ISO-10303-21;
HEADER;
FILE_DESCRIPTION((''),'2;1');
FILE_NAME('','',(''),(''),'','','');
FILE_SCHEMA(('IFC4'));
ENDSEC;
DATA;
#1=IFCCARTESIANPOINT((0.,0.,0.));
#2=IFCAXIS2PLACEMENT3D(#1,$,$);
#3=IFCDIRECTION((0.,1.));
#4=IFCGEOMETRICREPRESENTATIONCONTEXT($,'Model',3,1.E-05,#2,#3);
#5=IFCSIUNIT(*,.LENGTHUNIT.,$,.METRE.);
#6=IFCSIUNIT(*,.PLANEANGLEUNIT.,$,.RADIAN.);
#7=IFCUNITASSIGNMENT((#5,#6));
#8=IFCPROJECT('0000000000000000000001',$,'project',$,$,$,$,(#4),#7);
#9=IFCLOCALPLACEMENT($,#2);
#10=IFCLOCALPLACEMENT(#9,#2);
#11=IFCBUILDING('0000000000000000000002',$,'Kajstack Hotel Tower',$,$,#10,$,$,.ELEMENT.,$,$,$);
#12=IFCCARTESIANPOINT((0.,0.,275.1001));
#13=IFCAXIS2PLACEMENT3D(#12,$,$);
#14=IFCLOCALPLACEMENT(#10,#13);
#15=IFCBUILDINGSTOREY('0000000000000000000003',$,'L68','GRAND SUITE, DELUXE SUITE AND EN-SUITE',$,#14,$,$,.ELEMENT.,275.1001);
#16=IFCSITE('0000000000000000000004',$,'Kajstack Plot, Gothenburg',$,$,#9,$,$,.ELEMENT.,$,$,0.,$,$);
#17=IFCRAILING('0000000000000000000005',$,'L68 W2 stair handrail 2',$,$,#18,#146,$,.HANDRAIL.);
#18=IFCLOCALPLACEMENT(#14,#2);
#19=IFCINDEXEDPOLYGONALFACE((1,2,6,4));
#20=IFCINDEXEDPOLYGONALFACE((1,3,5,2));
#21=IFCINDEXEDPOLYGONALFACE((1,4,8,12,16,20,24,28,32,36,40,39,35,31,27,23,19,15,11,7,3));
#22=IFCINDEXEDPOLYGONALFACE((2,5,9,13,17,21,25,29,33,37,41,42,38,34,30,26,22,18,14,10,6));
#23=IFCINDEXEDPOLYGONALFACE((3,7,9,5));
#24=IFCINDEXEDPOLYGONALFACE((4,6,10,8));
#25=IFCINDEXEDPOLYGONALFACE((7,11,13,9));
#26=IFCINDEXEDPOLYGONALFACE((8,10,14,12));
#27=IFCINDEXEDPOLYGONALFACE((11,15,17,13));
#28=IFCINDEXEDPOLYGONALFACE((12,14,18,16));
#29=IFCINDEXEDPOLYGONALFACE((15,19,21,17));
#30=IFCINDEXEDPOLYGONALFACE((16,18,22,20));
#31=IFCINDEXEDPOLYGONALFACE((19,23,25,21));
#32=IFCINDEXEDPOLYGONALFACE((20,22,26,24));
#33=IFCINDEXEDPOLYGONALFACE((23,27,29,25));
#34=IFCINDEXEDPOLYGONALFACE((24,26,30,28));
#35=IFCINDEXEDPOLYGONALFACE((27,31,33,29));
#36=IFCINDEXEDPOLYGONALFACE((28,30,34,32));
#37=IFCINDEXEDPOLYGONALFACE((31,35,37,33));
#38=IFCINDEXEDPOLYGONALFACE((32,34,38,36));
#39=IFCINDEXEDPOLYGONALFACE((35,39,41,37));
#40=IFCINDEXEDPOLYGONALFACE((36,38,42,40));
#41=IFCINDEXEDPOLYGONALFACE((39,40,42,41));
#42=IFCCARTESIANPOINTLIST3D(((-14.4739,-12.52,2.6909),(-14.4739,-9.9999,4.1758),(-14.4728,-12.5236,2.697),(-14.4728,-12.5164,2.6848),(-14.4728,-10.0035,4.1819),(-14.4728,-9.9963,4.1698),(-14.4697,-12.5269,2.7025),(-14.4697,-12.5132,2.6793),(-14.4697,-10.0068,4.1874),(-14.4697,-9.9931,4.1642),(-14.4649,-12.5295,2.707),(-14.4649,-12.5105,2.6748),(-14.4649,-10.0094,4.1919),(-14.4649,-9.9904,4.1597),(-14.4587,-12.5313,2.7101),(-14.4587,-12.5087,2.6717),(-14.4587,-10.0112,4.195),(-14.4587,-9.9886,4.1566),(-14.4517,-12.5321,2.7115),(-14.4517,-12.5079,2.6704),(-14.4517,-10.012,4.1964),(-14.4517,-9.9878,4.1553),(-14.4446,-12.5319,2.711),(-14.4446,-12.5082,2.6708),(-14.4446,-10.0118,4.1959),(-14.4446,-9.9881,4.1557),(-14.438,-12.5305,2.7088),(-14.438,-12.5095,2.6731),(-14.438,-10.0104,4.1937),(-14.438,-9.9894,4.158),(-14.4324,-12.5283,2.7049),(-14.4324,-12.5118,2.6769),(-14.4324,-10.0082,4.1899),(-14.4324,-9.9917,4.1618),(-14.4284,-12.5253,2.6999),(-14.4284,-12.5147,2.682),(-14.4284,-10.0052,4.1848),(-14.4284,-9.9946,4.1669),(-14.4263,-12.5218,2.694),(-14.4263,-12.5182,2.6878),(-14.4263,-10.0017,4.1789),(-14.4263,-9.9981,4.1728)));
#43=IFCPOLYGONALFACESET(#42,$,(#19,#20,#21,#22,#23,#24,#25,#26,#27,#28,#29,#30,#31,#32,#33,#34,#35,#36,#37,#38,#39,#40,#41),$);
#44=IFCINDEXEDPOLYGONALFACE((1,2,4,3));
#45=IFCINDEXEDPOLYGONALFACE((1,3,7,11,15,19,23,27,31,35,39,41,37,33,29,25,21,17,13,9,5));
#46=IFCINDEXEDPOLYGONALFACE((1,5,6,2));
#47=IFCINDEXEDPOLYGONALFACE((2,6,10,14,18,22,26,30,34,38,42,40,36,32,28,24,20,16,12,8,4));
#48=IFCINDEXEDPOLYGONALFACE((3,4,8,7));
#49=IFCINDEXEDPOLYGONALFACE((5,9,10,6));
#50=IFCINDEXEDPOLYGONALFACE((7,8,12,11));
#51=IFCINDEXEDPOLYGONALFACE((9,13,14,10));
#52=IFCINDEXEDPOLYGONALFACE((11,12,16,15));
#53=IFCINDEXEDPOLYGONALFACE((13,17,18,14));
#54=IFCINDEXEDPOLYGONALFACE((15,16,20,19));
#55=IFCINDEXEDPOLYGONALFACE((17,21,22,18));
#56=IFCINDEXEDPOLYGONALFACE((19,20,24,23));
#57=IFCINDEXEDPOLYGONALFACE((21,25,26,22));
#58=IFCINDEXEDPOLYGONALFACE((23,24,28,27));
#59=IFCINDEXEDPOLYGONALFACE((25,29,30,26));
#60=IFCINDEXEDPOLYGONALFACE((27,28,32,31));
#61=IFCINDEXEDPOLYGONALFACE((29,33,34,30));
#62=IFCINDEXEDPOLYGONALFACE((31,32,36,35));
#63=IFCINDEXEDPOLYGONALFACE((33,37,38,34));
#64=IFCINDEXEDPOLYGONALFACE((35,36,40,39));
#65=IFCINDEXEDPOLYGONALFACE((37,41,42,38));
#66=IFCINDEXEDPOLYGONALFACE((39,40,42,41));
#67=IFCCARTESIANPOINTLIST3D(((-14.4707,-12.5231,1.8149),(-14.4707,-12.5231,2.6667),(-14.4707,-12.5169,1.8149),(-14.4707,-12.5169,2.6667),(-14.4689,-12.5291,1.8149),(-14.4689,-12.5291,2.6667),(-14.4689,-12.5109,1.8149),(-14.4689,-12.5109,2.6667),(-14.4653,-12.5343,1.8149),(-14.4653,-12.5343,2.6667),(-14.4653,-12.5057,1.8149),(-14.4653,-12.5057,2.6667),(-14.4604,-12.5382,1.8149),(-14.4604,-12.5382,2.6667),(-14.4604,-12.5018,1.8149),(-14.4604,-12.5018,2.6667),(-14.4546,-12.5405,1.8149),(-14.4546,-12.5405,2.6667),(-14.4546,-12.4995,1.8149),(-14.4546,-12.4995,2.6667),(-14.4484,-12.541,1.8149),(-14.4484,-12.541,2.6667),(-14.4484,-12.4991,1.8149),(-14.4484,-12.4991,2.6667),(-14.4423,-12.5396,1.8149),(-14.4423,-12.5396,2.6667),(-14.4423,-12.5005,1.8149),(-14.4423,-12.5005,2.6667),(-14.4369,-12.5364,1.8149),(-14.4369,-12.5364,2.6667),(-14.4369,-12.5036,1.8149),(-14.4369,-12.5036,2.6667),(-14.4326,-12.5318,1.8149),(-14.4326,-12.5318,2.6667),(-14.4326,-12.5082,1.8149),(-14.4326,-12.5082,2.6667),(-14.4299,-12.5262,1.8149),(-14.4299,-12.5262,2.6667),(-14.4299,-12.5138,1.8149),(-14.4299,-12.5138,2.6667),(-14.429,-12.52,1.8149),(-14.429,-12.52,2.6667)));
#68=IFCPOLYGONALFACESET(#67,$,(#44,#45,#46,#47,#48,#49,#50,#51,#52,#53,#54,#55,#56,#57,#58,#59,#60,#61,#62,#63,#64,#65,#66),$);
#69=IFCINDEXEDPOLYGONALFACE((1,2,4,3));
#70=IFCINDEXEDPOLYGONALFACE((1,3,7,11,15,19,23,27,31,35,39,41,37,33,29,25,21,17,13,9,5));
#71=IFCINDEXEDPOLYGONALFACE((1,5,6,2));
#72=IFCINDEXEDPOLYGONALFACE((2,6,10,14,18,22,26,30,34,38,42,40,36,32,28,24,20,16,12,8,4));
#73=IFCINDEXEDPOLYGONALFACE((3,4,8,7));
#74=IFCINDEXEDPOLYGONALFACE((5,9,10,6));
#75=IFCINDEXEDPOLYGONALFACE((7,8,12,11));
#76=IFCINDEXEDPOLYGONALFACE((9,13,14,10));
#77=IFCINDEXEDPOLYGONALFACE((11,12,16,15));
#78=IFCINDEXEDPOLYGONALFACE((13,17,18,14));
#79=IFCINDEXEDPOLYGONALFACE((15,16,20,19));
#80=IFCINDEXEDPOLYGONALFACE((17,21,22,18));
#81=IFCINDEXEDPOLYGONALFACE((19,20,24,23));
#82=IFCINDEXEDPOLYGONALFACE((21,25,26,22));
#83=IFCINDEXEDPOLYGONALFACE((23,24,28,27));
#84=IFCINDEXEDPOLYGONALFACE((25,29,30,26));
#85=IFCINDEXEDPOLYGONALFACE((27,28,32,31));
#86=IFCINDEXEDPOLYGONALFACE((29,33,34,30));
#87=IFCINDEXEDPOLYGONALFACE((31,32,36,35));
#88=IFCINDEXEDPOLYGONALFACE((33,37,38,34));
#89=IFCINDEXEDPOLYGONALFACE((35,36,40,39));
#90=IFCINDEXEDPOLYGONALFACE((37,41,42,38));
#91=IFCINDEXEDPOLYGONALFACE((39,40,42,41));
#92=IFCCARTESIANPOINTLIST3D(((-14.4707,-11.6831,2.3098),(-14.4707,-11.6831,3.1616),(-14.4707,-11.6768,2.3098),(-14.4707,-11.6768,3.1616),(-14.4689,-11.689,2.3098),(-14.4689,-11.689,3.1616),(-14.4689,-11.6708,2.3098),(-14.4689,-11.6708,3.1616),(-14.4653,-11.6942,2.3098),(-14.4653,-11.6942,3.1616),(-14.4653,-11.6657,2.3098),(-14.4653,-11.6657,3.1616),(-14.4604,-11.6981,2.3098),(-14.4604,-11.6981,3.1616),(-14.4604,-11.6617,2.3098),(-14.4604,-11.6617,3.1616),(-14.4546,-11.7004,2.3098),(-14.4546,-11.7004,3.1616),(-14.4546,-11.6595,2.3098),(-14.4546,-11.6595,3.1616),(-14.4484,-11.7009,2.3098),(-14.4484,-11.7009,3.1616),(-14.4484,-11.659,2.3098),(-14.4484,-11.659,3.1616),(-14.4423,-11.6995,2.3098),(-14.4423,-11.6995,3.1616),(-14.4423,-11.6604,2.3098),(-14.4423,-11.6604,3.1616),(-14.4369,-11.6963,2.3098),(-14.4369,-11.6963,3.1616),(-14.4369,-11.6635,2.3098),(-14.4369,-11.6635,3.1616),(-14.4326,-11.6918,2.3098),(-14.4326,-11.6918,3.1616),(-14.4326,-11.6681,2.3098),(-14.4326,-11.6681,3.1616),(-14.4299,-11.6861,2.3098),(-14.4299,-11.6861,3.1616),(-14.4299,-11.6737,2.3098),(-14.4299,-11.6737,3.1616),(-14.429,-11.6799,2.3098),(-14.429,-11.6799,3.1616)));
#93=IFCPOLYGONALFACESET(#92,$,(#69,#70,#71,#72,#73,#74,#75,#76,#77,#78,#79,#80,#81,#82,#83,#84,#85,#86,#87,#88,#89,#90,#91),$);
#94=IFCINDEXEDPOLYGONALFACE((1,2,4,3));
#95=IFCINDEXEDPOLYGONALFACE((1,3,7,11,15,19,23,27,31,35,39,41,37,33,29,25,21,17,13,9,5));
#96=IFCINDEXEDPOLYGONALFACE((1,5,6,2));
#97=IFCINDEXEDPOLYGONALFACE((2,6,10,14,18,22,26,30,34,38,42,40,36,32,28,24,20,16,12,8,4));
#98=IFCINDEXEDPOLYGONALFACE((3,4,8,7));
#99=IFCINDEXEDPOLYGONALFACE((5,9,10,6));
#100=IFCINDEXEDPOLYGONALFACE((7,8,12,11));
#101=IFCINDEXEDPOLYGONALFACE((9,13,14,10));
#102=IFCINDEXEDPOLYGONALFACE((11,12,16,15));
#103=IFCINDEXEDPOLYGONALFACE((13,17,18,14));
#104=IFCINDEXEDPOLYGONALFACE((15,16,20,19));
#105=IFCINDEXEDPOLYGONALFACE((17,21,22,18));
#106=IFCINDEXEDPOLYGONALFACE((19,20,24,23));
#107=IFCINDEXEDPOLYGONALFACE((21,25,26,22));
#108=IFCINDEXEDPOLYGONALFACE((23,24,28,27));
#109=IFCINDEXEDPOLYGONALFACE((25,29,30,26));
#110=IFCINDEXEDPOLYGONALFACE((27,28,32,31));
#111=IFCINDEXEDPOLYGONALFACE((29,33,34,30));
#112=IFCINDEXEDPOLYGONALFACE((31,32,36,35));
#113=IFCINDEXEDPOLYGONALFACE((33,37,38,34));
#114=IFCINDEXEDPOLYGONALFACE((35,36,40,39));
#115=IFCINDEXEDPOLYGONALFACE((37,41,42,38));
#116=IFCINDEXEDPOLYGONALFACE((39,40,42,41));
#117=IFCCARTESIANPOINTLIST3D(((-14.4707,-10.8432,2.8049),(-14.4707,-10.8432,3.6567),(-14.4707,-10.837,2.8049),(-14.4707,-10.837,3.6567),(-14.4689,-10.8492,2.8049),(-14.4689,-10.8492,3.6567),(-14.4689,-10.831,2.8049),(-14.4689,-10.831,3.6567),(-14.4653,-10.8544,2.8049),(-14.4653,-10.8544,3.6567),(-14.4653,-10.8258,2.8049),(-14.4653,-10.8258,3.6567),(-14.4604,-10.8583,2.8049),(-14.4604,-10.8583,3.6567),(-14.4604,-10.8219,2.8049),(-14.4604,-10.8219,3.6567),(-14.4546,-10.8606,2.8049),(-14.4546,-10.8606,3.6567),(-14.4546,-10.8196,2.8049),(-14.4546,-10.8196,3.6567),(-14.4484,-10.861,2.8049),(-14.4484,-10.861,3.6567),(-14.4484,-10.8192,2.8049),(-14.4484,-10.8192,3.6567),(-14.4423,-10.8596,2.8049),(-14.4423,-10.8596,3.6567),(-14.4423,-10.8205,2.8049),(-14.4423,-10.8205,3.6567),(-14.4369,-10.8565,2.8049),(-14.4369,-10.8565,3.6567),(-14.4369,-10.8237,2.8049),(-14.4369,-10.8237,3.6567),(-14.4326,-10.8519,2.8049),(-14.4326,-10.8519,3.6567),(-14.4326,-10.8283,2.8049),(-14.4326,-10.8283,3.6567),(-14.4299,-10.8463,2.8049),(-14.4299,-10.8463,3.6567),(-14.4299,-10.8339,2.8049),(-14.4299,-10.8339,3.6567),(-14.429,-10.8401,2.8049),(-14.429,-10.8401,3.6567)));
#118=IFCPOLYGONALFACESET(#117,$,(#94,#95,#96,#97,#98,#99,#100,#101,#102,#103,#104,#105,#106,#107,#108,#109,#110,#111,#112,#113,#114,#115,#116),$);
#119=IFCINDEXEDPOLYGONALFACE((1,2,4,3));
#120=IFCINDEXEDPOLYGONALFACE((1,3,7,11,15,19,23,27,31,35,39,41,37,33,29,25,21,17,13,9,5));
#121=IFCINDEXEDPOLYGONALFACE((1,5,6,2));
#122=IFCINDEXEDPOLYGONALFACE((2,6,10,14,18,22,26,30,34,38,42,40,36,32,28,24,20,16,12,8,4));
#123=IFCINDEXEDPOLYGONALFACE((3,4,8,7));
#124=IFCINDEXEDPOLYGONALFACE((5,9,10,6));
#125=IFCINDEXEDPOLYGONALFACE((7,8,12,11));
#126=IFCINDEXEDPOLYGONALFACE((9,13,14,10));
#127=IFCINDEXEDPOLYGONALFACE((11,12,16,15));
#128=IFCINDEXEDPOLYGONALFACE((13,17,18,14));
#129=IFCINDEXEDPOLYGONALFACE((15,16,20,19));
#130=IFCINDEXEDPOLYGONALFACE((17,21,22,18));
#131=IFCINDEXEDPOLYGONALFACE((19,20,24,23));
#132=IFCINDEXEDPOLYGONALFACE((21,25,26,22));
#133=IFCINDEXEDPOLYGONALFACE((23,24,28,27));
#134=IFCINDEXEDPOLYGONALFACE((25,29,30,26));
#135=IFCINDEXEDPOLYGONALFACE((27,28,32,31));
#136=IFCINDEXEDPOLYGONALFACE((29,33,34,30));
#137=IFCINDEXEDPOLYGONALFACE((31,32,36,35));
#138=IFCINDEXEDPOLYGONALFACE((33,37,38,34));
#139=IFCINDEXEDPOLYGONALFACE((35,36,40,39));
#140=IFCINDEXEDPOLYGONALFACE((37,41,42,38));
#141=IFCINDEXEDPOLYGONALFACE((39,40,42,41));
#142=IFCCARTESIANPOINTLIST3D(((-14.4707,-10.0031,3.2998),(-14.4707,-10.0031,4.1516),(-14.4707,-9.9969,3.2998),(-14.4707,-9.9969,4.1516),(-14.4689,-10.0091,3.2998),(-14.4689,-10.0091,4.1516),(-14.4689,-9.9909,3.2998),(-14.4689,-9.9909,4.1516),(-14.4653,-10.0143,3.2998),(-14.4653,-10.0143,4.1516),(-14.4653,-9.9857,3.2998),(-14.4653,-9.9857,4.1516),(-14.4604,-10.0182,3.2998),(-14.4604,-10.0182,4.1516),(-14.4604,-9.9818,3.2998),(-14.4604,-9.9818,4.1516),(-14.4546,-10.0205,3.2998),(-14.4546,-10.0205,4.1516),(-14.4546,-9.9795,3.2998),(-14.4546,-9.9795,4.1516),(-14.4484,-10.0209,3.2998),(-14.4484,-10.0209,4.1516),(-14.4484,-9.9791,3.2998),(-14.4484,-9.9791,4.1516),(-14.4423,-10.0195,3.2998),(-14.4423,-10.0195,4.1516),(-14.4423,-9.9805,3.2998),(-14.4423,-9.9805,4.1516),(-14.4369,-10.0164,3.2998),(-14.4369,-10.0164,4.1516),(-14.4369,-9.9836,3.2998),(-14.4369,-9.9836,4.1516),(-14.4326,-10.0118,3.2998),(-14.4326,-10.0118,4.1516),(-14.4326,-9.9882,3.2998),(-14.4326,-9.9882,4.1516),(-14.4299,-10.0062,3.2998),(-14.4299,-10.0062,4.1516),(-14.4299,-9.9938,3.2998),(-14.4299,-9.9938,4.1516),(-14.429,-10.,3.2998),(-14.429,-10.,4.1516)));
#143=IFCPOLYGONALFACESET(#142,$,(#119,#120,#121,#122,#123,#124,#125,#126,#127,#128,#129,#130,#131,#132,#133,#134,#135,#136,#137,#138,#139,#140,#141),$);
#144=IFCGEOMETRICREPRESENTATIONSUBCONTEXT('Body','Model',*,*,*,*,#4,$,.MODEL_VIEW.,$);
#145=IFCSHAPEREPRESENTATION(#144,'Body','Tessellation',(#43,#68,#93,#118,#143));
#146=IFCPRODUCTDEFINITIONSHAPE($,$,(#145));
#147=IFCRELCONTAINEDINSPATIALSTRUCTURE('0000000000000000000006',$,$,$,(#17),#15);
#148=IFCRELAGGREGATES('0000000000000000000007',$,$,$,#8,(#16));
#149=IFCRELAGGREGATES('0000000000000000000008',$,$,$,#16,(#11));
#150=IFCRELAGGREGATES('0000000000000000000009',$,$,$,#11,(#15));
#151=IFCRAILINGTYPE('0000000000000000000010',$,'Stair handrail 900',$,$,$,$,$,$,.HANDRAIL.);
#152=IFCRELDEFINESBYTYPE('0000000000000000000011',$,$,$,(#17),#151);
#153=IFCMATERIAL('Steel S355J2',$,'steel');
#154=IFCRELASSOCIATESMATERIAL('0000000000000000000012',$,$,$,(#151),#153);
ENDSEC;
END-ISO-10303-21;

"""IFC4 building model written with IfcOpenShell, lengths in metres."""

from ifc_helpers import new_model, si_unit, direction, frame, origin, origin_2d, place, context, subcontext, project, spatial, circle, extrude, material, type_object, element, save


model = new_model("IFC4")

# Units and contexts
model_context = context("Model", 3, precision=1e-05, world=origin(), true_north=direction((0.0, 1.0)))
body_context = subcontext(model_context, "Body", "Model", "MODEL_VIEW")
ifc_project = project(units=[si_unit("LENGTHUNIT", "METRE"), si_unit("PLANEANGLEUNIT", "RADIAN")], contexts=[model_context])

# Site, building, storey
site_placement = place(None, origin())
site = spatial("IfcSite", under=ifc_project, at=site_placement, Name="Kajstack Plot, Gothenburg", CompositionType="ELEMENT", RefElevation=0.0)
building_placement = place(site_placement, origin())
building = spatial("IfcBuilding", under=site, at=building_placement, Name="Kajstack Hotel Tower", CompositionType="ELEMENT")
storey_placement = place(building_placement, frame((0.0, 0.0, 275.1001)))
storey = spatial("IfcBuildingStorey", under=building, at=storey_placement, Name="L68", Description="GRAND SUITE, DELUXE SUITE AND EN-SUITE", CompositionType="ELEMENT", Elevation=275.1001)

# Railing
ifc_material_1 = material(Name="Steel S355J2", Category="steel")
railing_type_1 = type_object("IfcRailingType", Name="Stair handrail 900", PredefinedType="HANDRAIL", material=ifc_material_1)
railing_1_placement = place(storey_placement, frame((-14.45, -12.52, 1.8149)))
element("IfcRailing", 1, at=railing_1_placement, inside=storey, type_object=railing_type_1, Name="L68 W2 stair handrail 2", PredefinedType="HANDRAIL", context=body_context, shape_type="SweptSolid", body=[
    extrude(circle(Radius=0.0239, at=origin_2d()), frame((0.0, 0.0, 0.876), z_axis=(0.0, 0.861561, 0.507655), x_axis=(-1.0, 0.0, 0.0)), (0.0, 0.0, 1.0), 2.925),
    extrude(circle(Radius=0.021, at=origin_2d()), origin(), (0.0, 0.0, 1.0), 0.8518),
    extrude(circle(Radius=0.021, at=origin_2d()), frame((0.0, 0.8401, 0.4949)), (0.0, 0.0, 1.0), 0.8518),
    extrude(circle(Radius=0.021, at=origin_2d()), frame((0.0, 1.6799, 0.99)), (0.0, 0.0, 1.0), 0.8518),
    extrude(circle(Radius=0.021, at=origin_2d()), frame((0.0, 2.52, 1.4849)), (0.0, 0.0, 1.0), 0.8518),
])

save(model, "model.ifc")
